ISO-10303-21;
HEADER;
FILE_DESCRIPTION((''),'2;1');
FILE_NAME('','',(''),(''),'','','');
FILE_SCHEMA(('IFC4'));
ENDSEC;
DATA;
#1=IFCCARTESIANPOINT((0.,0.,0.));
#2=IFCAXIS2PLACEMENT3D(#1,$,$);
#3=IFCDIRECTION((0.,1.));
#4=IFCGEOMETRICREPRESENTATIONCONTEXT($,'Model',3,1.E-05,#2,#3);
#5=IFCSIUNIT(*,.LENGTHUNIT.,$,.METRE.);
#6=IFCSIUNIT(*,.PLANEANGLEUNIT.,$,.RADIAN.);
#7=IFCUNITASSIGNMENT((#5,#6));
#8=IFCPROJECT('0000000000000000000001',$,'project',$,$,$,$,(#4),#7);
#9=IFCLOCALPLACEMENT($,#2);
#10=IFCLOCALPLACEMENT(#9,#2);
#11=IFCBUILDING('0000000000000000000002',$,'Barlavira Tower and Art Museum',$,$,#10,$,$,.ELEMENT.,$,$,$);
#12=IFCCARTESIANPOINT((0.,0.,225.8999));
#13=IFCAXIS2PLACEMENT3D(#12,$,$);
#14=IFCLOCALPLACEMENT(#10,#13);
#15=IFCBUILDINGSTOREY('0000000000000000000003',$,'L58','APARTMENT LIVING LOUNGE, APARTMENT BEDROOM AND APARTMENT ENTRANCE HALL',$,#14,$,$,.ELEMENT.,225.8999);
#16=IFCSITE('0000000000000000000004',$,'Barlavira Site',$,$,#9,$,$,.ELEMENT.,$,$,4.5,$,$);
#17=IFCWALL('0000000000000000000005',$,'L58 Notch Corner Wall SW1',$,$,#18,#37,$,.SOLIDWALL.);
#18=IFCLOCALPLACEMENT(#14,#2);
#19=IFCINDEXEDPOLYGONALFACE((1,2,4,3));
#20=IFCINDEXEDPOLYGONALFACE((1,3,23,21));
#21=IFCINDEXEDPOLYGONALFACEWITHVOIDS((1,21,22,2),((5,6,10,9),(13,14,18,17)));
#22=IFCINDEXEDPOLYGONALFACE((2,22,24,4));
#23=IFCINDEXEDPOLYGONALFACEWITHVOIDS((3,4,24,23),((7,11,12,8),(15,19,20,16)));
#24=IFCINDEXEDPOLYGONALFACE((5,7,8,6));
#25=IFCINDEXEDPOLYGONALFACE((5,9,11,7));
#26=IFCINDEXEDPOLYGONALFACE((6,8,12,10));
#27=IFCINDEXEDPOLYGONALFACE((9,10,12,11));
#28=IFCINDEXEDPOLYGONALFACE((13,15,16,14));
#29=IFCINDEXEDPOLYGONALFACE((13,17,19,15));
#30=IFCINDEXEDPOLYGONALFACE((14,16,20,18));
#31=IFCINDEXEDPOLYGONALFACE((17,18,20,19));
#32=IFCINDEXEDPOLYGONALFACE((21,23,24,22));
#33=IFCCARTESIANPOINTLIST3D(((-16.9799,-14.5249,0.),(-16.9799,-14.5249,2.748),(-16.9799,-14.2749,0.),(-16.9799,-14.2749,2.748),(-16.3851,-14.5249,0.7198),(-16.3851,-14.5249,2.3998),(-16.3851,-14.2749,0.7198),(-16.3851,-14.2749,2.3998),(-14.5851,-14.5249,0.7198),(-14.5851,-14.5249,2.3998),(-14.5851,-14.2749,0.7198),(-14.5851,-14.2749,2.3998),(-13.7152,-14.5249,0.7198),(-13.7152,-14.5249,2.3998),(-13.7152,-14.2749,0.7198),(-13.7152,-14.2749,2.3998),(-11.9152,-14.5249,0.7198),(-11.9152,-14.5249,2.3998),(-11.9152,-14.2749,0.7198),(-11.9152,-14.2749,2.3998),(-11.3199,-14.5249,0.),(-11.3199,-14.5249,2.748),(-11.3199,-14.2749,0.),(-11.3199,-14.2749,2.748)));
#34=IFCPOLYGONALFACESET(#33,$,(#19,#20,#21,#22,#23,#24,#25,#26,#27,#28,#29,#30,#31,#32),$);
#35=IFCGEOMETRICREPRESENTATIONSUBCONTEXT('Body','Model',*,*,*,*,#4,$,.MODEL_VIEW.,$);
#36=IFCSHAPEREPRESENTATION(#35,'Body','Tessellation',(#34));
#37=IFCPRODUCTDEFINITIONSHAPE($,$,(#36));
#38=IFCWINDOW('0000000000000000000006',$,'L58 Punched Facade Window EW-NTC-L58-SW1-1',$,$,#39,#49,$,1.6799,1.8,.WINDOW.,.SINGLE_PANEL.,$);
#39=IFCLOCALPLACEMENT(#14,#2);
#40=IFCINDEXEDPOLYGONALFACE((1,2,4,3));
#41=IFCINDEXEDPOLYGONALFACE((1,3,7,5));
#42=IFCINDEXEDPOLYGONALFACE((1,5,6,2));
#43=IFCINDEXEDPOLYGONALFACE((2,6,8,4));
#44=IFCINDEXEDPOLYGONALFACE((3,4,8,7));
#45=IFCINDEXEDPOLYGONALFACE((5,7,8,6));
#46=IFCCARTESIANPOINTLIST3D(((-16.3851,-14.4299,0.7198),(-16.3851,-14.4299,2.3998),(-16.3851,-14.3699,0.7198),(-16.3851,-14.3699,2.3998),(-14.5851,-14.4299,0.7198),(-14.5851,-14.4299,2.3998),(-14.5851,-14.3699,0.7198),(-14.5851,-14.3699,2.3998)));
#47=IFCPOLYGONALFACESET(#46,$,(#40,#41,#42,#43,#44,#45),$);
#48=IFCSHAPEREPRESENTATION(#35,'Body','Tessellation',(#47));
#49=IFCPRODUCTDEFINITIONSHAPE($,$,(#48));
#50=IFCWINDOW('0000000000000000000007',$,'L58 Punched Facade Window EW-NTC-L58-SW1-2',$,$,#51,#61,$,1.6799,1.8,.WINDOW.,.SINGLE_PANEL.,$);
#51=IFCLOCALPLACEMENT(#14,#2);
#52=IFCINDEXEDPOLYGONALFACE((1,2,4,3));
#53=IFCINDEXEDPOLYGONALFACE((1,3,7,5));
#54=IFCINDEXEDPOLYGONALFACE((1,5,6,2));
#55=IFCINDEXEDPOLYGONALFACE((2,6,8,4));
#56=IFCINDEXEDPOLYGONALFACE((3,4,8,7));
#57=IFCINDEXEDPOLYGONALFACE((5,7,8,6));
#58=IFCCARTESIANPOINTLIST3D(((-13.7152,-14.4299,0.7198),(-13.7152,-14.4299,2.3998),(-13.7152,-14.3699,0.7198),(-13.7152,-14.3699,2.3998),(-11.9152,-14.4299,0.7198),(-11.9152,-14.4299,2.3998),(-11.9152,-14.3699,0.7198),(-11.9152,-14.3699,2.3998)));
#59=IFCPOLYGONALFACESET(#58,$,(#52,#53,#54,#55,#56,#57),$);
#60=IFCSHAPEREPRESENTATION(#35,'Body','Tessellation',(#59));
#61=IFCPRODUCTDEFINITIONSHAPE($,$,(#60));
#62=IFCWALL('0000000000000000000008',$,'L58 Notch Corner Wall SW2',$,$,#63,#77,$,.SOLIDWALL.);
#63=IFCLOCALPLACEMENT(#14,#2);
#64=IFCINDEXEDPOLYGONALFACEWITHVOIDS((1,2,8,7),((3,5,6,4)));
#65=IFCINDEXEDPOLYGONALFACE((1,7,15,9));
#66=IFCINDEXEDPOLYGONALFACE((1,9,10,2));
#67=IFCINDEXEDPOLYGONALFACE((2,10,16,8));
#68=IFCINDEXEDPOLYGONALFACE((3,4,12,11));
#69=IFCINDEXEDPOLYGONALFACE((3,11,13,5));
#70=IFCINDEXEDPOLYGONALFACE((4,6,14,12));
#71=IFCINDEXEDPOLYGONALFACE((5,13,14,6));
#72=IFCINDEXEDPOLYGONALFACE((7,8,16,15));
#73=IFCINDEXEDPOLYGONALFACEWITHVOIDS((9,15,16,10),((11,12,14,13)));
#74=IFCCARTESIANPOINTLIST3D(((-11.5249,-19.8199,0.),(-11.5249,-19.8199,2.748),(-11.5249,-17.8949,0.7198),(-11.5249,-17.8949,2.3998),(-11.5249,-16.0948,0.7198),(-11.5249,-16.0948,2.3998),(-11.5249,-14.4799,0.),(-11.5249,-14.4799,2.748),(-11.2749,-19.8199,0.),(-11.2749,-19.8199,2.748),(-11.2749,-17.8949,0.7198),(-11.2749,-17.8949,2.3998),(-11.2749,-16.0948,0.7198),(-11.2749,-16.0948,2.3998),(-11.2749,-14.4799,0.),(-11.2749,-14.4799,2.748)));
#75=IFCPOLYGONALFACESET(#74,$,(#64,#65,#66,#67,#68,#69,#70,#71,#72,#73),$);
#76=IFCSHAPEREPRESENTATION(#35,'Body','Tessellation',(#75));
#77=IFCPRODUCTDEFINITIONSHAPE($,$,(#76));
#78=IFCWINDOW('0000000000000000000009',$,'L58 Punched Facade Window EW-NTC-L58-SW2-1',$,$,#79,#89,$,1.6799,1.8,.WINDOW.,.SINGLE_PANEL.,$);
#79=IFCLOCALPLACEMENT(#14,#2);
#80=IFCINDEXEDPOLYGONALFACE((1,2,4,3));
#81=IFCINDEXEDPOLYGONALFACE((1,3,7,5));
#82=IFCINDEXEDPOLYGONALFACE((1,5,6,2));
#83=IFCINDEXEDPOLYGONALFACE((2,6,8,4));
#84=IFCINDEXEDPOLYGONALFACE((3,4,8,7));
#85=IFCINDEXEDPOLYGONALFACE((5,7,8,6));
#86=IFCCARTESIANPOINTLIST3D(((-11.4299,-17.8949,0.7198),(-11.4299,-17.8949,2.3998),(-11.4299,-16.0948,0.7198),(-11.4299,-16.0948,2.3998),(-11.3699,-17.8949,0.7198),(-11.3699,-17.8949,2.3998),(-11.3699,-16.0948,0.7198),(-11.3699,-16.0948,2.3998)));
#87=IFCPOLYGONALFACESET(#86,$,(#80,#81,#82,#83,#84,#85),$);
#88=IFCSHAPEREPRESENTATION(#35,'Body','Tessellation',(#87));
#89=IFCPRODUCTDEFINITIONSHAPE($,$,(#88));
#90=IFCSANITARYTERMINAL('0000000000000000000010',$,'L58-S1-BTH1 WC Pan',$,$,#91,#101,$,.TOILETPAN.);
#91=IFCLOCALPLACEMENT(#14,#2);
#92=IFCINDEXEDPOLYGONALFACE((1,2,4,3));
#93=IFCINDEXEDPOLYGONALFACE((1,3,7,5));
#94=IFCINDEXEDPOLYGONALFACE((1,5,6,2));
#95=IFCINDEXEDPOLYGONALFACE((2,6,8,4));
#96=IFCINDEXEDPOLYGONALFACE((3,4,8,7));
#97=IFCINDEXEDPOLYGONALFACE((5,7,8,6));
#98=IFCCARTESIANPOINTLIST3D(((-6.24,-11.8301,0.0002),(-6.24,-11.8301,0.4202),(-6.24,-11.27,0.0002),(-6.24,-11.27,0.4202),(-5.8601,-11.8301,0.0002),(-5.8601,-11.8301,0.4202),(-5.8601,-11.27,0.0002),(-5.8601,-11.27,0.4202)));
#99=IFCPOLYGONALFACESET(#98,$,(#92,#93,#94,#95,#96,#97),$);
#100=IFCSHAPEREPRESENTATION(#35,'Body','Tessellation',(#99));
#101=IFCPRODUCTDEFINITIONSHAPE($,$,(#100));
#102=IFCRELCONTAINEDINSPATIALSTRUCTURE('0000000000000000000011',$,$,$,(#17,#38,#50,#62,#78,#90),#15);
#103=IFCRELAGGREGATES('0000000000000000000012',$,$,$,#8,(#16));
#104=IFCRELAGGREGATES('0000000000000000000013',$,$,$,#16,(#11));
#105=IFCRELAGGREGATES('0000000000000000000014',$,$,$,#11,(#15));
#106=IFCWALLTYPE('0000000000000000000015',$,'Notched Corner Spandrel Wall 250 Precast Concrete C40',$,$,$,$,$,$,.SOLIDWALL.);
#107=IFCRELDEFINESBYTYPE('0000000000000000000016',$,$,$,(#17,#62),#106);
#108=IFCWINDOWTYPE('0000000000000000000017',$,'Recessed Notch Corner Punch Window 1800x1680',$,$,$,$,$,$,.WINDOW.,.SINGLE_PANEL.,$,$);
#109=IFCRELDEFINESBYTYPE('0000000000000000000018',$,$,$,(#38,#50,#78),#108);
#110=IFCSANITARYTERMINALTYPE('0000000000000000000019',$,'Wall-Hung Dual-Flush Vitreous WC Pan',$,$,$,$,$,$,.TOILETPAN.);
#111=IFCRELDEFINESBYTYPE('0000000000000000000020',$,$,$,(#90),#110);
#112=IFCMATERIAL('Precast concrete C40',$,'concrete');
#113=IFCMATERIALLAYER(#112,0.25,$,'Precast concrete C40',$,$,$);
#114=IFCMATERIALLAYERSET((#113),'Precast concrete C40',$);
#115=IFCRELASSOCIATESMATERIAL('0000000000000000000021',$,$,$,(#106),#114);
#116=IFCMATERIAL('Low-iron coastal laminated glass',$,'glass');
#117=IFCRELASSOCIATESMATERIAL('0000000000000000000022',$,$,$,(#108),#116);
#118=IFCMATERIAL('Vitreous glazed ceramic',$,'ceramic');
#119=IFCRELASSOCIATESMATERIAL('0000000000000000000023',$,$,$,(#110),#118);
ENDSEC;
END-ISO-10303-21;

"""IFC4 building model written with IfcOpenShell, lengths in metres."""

from ifc_helpers import new_model, si_unit, direction, frame, frame_2d, origin, origin_2d, place, context, subcontext, project, spatial, rectangle, extrude, material, layer, layer_set, type_object, element, fill, save


model = new_model("IFC4")

# Units and contexts
model_context = context("Model", 3, precision=1e-05, world=origin(), true_north=direction((0.0, 1.0)))
body_context = subcontext(model_context, "Body", "Model", "MODEL_VIEW")
ifc_project = project(units=[si_unit("LENGTHUNIT", "METRE"), si_unit("PLANEANGLEUNIT", "RADIAN")], contexts=[model_context])

# Site, building, storey
site_placement = place(None, origin())
site = spatial("IfcSite", under=ifc_project, at=site_placement, Name="Barlavira Site", CompositionType="ELEMENT", RefElevation=4.5)
building_placement = place(site_placement, origin())
building = spatial("IfcBuilding", under=site, at=building_placement, Name="Barlavira Tower and Art Museum", CompositionType="ELEMENT")
storey_placement = place(building_placement, frame((0.0, 0.0, 225.8999)))
storey = spatial("IfcBuildingStorey", under=building, at=storey_placement, Name="L58", Description="APARTMENT LIVING LOUNGE, APARTMENT BEDROOM AND APARTMENT ENTRANCE HALL", CompositionType="ELEMENT", Elevation=225.8999)

# Shared definitions
ifc_material_1 = material(Name="Low-iron coastal laminated glass", Category="glass")

# Shared definitions
ifc_material_2 = material(Name="Precast concrete C40", Category="concrete")
ifc_layer_1 = layer(ifc_material_2, 0.25, Name="Precast concrete C40")
ifc_layer_set_1 = layer_set([ifc_layer_1], Name="Precast concrete C40")
wall_type_1 = type_object("IfcWallType", Name="Notched Corner Spandrel Wall 250 Precast Concrete C40", PredefinedType="SOLIDWALL", material=ifc_layer_set_1)
window_type = type_object("IfcWindowType", Name="Recessed Notch Corner Punch Window 1800x1680", PartitioningType="SINGLE_PANEL", PredefinedType="WINDOW", material=ifc_material_1)

# Wall, openings, windows
wall_1_placement = place(storey_placement, frame((-16.98, -14.3999, 0.0), z_axis=(0.0, 0.0, 1.0), x_axis=(1.0, 0.0, 0.0)))
wall_1 = element("IfcWall", 1, at=wall_1_placement, inside=storey, type_object=wall_type_1, Name="L58 Notch Corner Wall SW1", PredefinedType="SOLIDWALL", context=body_context, shape_type="SweptSolid", body=[
    extrude(rectangle(XDim=5.6599, YDim=0.25, at=frame_2d((2.8301, 0.0))), origin(), (0.0, 0.0, 1.0), 2.748),
])
opening_1_placement = place(wall_1_placement, frame((0.595, 0.0, 0.72)))
opening_1 = element("IfcOpeningElement", 2, at=opening_1_placement, cuts=wall_1, PredefinedType="OPENING", context=body_context, shape_type="SweptSolid", body=[
    extrude(rectangle(XDim=1.8, YDim=1.6799, at=frame_2d((0.8999, 0.8398))), frame((0.0, 0.135, 0.0), z_axis=(0.0, -1.0, 0.0), x_axis=(1.0, 0.0, 0.0)), (0.0, 0.0, 1.0), 0.27),
])
opening_2_placement = place(wall_1_placement, frame((3.2649, 0.0, 0.72)))
opening_2 = element("IfcOpeningElement", 3, at=opening_2_placement, cuts=wall_1, PredefinedType="OPENING", context=body_context, shape_type="SweptSolid", body=[
    extrude(rectangle(XDim=1.8, YDim=1.6799, at=frame_2d((0.8999, 0.8398))), frame((0.0, 0.135, 0.0), z_axis=(0.0, -1.0, 0.0), x_axis=(1.0, 0.0, 0.0)), (0.0, 0.0, 1.0), 0.27),
])
window_1_placement = place(opening_1_placement, origin())
window_1 = element("IfcWindow", 4, at=window_1_placement, inside=storey, type_object=window_type, Name="L58 Punched Facade Window EW-NTC-L58-SW1-1", OverallHeight=1.6799, OverallWidth=1.8, PartitioningType="SINGLE_PANEL", PredefinedType="WINDOW", context=body_context, shape_type="SweptSolid", body=[
    extrude(rectangle(XDim=1.8, YDim=1.6799, at=frame_2d((0.8999, 0.8398))), frame((0.0, 0.03, 0.0), z_axis=(0.0, -1.0, 0.0), x_axis=(1.0, 0.0, 0.0)), (0.0, 0.0, 1.0), 0.0601),
])
fill(opening_1, window_1)
window_2_placement = place(opening_2_placement, origin())
window_2 = element("IfcWindow", 5, at=window_2_placement, inside=storey, type_object=window_type, Name="L58 Punched Facade Window EW-NTC-L58-SW1-2", OverallHeight=1.6799, OverallWidth=1.8, PartitioningType="SINGLE_PANEL", PredefinedType="WINDOW", context=body_context, shape_type="SweptSolid", body=[
    extrude(rectangle(XDim=1.8, YDim=1.6799, at=frame_2d((0.8999, 0.8398))), frame((0.0, 0.03, 0.0), z_axis=(0.0, -1.0, 0.0), x_axis=(1.0, 0.0, 0.0)), (0.0, 0.0, 1.0), 0.0601),
])
fill(opening_2, window_2)

# Wall, opening, window
wall_2_placement = place(storey_placement, frame((-11.3999, -14.48, 0.0), z_axis=(0.0, 0.0, 1.0), x_axis=(0.0, -1.0, 0.0)))
wall_2 = element("IfcWall", 6, at=wall_2_placement, inside=storey, type_object=wall_type_1, Name="L58 Notch Corner Wall SW2", PredefinedType="SOLIDWALL", context=body_context, shape_type="SweptSolid", body=[
    extrude(rectangle(XDim=5.3401, YDim=0.25, at=frame_2d((2.6699, 0.0))), origin(), (0.0, 0.0, 1.0), 2.748),
])
opening_3_placement = place(wall_2_placement, frame((1.615, 0.0, 0.72)))
opening_3 = element("IfcOpeningElement", 7, at=opening_3_placement, cuts=wall_2, PredefinedType="OPENING", context=body_context, shape_type="SweptSolid", body=[
    extrude(rectangle(XDim=1.8, YDim=1.6799, at=frame_2d((0.8999, 0.8398))), frame((0.0, 0.135, 0.0), z_axis=(0.0, -1.0, 0.0), x_axis=(1.0, 0.0, 0.0)), (0.0, 0.0, 1.0), 0.27),
])
window_3_placement = place(opening_3_placement, origin())
window_3 = element("IfcWindow", 8, at=window_3_placement, inside=storey, type_object=window_type, Name="L58 Punched Facade Window EW-NTC-L58-SW2-1", OverallHeight=1.6799, OverallWidth=1.8, PartitioningType="SINGLE_PANEL", PredefinedType="WINDOW", context=body_context, shape_type="SweptSolid", body=[
    extrude(rectangle(XDim=1.8, YDim=1.6799, at=frame_2d((0.8999, 0.8398))), frame((0.0, 0.03, 0.0), z_axis=(0.0, -1.0, 0.0), x_axis=(1.0, 0.0, 0.0)), (0.0, 0.0, 1.0), 0.0601),
])
fill(opening_3, window_3)

# Sanitary terminal
ifc_material_3 = material(Name="Vitreous glazed ceramic", Category="ceramic")
sanitary_terminal_type = type_object("IfcSanitaryTerminalType", Name="Wall-Hung Dual-Flush Vitreous WC Pan", PredefinedType="TOILETPAN", material=ifc_material_3)
sanitary_terminal_placement = place(storey_placement, frame((-6.05, -11.55, 0.0002), z_axis=(0.0, 0.0, 1.0), x_axis=(1.0, 0.0, 0.0)))
element("IfcSanitaryTerminal", 9, at=sanitary_terminal_placement, inside=storey, type_object=sanitary_terminal_type, Name="L58-S1-BTH1 WC Pan", PredefinedType="TOILETPAN", context=body_context, shape_type="SweptSolid", body=[
    extrude(rectangle(XDim=0.3799, YDim=0.5601, at=origin_2d()), origin(), (0.0, 0.0, 1.0), 0.4199),
])

save(model, "model.ifc")
